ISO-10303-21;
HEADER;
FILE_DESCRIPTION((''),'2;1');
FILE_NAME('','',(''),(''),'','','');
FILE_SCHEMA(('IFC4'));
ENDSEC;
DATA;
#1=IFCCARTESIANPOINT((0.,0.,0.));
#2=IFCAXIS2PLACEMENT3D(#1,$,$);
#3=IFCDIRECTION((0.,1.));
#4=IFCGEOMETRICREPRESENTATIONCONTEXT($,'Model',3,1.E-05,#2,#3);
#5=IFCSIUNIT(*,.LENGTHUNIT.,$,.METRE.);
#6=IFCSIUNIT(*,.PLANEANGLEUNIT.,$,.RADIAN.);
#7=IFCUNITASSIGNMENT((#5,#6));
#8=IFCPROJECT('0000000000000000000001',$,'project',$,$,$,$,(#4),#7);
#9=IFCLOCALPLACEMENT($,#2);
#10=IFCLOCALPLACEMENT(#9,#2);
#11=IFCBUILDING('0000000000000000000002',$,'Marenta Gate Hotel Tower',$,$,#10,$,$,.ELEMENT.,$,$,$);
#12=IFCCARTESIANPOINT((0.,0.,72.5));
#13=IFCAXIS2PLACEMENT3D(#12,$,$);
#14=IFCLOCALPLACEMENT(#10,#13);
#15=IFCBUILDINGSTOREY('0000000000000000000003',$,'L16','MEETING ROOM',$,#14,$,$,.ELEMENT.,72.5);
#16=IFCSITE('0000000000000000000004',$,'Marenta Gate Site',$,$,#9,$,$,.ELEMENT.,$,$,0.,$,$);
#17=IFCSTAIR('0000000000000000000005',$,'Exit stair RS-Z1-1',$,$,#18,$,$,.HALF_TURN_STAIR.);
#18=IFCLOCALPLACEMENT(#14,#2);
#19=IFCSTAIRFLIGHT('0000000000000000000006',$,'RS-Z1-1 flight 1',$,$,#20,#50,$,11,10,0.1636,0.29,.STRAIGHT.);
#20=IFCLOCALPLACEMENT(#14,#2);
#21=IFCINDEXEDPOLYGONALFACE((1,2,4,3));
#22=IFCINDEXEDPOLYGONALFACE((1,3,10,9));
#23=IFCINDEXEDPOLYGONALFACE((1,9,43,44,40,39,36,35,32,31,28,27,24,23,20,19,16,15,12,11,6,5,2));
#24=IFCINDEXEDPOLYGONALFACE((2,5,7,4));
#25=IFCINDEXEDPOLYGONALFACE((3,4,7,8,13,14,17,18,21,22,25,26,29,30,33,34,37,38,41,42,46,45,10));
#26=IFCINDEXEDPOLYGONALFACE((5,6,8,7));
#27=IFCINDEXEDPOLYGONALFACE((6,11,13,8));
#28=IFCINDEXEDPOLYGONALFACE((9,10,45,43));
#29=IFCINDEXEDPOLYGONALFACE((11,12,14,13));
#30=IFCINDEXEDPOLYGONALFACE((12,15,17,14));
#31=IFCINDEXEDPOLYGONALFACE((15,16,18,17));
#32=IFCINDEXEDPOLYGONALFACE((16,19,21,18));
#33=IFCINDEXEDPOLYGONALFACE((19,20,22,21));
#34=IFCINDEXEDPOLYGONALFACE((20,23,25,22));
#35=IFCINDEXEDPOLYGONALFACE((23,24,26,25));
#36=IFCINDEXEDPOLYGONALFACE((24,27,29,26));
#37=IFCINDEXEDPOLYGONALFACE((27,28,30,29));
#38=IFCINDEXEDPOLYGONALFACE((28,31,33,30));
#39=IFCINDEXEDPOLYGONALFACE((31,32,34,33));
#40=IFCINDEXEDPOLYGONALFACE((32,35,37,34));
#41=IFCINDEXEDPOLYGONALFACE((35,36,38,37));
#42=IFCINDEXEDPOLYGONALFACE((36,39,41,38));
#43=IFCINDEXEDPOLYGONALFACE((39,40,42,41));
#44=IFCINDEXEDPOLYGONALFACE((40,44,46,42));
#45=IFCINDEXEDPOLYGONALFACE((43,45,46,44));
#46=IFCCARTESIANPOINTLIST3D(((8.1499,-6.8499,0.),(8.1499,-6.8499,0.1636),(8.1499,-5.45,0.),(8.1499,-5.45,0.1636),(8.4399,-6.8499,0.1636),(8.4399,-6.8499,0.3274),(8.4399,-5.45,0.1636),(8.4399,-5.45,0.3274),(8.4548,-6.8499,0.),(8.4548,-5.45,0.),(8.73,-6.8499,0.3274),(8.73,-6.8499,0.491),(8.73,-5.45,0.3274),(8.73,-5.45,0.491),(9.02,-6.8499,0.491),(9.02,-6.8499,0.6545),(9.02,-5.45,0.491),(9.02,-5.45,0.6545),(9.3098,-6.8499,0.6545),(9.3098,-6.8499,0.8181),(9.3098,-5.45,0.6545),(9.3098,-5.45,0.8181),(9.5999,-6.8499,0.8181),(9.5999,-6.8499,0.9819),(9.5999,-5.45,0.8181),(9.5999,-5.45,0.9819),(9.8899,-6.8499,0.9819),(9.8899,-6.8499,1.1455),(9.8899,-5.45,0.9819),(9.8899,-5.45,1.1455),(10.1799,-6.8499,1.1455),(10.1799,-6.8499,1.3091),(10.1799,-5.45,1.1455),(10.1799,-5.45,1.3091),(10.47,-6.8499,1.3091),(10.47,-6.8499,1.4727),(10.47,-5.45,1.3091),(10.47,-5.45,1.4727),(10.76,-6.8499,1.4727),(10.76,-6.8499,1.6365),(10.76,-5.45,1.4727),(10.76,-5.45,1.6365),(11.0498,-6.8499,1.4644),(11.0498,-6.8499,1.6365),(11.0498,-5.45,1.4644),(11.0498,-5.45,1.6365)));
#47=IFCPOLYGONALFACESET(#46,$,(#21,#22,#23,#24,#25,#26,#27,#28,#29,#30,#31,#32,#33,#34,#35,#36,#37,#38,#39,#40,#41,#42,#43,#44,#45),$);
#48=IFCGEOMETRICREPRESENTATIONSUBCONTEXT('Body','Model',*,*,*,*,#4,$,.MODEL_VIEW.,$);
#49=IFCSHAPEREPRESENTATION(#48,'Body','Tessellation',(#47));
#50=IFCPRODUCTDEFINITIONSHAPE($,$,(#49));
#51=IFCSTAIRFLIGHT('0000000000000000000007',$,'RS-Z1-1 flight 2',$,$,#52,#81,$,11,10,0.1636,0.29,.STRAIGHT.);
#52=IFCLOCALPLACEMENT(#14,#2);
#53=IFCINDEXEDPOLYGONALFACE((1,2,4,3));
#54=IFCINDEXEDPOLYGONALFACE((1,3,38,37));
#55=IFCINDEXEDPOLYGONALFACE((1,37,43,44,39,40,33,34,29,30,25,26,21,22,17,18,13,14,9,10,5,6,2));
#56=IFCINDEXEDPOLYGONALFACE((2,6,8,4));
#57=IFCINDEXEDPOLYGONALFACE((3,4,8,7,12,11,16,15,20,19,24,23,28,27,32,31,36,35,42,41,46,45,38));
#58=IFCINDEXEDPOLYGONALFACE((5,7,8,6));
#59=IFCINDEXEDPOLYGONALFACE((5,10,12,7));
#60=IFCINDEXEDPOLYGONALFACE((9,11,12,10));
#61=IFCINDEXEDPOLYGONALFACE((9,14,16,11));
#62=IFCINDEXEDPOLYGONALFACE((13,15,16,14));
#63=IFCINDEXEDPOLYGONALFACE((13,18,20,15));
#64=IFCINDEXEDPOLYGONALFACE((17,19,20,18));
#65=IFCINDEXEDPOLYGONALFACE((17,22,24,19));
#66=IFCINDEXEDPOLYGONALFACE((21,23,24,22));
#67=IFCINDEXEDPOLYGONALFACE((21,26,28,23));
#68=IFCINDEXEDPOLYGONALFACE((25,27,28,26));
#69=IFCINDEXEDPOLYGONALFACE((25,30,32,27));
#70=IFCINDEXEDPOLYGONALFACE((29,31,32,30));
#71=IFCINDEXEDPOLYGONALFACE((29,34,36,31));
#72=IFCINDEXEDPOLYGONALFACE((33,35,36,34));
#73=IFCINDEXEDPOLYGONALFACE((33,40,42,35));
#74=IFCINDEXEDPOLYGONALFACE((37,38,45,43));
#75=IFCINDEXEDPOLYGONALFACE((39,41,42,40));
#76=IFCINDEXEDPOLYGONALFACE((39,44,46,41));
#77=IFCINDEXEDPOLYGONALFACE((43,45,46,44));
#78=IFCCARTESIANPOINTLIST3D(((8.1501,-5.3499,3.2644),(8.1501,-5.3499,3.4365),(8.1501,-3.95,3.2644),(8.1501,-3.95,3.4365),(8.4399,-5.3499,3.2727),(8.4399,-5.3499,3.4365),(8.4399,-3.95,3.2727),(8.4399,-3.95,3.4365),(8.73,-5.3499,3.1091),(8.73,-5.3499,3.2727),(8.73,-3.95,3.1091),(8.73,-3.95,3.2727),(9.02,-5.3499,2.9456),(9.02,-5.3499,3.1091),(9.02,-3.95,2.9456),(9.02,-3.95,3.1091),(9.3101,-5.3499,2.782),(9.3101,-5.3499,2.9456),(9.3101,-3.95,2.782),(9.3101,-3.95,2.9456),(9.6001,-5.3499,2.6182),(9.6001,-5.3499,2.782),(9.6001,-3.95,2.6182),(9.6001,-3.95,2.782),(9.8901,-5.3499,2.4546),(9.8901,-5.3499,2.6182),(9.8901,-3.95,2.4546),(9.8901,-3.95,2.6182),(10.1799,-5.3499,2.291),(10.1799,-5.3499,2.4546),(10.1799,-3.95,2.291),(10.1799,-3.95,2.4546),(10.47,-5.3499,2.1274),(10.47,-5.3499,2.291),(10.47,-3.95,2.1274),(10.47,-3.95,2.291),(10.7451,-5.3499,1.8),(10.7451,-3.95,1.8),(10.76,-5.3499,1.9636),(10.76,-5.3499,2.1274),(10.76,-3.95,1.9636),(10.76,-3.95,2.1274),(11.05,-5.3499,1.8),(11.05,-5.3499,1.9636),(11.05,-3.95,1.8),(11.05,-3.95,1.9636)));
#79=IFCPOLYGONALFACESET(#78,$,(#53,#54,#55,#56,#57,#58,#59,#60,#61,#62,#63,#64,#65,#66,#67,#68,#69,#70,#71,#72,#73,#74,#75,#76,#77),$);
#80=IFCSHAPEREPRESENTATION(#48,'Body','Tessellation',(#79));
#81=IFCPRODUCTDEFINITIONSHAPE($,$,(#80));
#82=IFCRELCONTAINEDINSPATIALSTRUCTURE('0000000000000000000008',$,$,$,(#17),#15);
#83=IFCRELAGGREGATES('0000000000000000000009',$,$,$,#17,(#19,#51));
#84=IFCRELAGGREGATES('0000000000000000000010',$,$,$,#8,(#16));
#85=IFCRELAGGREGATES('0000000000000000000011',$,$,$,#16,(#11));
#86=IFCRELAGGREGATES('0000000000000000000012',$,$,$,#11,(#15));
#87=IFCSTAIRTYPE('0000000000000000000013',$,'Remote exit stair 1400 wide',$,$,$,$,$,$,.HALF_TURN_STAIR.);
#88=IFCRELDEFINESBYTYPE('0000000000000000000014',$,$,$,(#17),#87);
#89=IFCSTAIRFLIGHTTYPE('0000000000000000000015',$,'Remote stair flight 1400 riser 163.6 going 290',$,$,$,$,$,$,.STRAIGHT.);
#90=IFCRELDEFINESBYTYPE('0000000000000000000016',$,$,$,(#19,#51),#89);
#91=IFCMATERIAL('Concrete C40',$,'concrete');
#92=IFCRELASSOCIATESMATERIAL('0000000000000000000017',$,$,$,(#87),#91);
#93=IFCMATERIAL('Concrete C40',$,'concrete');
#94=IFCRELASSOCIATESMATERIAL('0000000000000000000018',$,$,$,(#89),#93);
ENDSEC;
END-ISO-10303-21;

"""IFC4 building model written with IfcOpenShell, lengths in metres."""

from ifc_helpers import new_model, si_unit, direction, frame, origin, place, context, subcontext, project, spatial, polyline, outline, extrude, material, type_object, element, aggregate, save


model = new_model("IFC4")

# Units and contexts
model_context = context("Model", 3, precision=1e-05, world=origin(), true_north=direction((0.0, 1.0)))
body_context = subcontext(model_context, "Body", "Model", "MODEL_VIEW")
ifc_project = project(units=[si_unit("LENGTHUNIT", "METRE"), si_unit("PLANEANGLEUNIT", "RADIAN")], contexts=[model_context])

# Site, building, storey
site_placement = place(None, origin())
site = spatial("IfcSite", under=ifc_project, at=site_placement, Name="Marenta Gate Site", CompositionType="ELEMENT", RefElevation=0.0)
building_placement = place(site_placement, origin())
building = spatial("IfcBuilding", under=site, at=building_placement, Name="Marenta Gate Hotel Tower", CompositionType="ELEMENT")
storey_placement = place(building_placement, frame((0.0, 0.0, 72.5)))
storey = spatial("IfcBuildingStorey", under=building, at=storey_placement, Name="L16", Description="MEETING ROOM", CompositionType="ELEMENT", Elevation=72.5)

# Stair, stair flights
ifc_material_1 = material(Name="Concrete C40", Category="concrete")
stair_type = type_object("IfcStairType", Name="Remote exit stair 1400 wide", PredefinedType="HALF_TURN_STAIR", material=ifc_material_1)
stair_placement = place(storey_placement, origin())
stair = element("IfcStair", 1, at=stair_placement, inside=storey, type_object=stair_type, Name="Exit stair RS-Z1-1", PredefinedType="HALF_TURN_STAIR")
ifc_material_2 = material(Name="Concrete C40", Category="concrete")
stair_flight_type = type_object("IfcStairFlightType", Name="Remote stair flight 1400 riser 163.6 going 290", PredefinedType="STRAIGHT", material=ifc_material_2)
stair_flight_1_placement = place(storey_placement, frame((8.1499, -6.1499, 0.0), z_axis=(0.0, 0.0, 1.0), x_axis=(1.0, 0.0, 0.0)))
stair_flight_1 = element("IfcStairFlight", 2, at=stair_flight_1_placement, type_object=stair_flight_type, Name="RS-Z1-1 flight 1", NumberOfRisers=11, NumberOfTreads=10, PredefinedType="STRAIGHT", RiserHeight=0.1636, TreadLength=0.29, context=body_context, shape_type="SweptSolid", body=[
    extrude(outline(polyline([(0.0, 0.0), (0.0, 0.1636), (0.29, 0.1636), (0.29, 0.3274), (0.5801, 0.3274), (0.5801, 0.491), (0.8701, 0.491), (0.8701, 0.6545), (1.1599, 0.6545), (1.1599, 0.8181), (1.45, 0.8181), (1.45, 0.9819), (1.74, 0.9819), (1.74, 1.1455), (2.03, 1.1455), (2.03, 1.3091), (2.3201, 1.3091), (2.3201, 1.4727), (2.6101, 1.4727), (2.6101, 1.6365), (2.8999, 1.6365), (2.8999, 1.8), (2.8999, 1.4644), (0.3049, 0.0), (0.0, 0.0)])), frame((0.0, 0.7, 0.0), z_axis=(0.0, -1.0, 0.0), x_axis=(1.0, 0.0, 0.0)), (0.0, 0.0, 1.0), 1.3999),
])
stair_flight_2_placement = place(storey_placement, frame((11.05, -4.6499, 1.8), z_axis=(0.0, 0.0, 1.0), x_axis=(-1.0, 0.0, 0.0)))
stair_flight_2 = element("IfcStairFlight", 3, at=stair_flight_2_placement, type_object=stair_flight_type, Name="RS-Z1-1 flight 2", NumberOfRisers=11, NumberOfTreads=10, PredefinedType="STRAIGHT", RiserHeight=0.1636, TreadLength=0.29, context=body_context, shape_type="SweptSolid", body=[
    extrude(outline(polyline([(0.0, 0.0), (0.0, 0.1636), (0.29, 0.1636), (0.29, 0.3274), (0.5801, 0.3274), (0.5801, 0.491), (0.8701, 0.491), (0.8701, 0.6545), (1.1599, 0.6545), (1.1599, 0.8181), (1.45, 0.8181), (1.45, 0.9819), (1.74, 0.9819), (1.74, 1.1455), (2.03, 1.1455), (2.03, 1.3091), (2.3201, 1.3091), (2.3201, 1.4727), (2.6101, 1.4727), (2.6101, 1.6365), (2.8999, 1.6365), (2.8999, 1.8), (2.8999, 1.4644), (0.3049, 0.0), (0.0, 0.0)])), frame((0.0, 0.7, 0.0), z_axis=(0.0, -1.0, 0.0), x_axis=(1.0, 0.0, 0.0)), (0.0, 0.0, 1.0), 1.3999),
])
aggregate(stair, [stair_flight_1, stair_flight_2])

save(model, "model.ifc")
